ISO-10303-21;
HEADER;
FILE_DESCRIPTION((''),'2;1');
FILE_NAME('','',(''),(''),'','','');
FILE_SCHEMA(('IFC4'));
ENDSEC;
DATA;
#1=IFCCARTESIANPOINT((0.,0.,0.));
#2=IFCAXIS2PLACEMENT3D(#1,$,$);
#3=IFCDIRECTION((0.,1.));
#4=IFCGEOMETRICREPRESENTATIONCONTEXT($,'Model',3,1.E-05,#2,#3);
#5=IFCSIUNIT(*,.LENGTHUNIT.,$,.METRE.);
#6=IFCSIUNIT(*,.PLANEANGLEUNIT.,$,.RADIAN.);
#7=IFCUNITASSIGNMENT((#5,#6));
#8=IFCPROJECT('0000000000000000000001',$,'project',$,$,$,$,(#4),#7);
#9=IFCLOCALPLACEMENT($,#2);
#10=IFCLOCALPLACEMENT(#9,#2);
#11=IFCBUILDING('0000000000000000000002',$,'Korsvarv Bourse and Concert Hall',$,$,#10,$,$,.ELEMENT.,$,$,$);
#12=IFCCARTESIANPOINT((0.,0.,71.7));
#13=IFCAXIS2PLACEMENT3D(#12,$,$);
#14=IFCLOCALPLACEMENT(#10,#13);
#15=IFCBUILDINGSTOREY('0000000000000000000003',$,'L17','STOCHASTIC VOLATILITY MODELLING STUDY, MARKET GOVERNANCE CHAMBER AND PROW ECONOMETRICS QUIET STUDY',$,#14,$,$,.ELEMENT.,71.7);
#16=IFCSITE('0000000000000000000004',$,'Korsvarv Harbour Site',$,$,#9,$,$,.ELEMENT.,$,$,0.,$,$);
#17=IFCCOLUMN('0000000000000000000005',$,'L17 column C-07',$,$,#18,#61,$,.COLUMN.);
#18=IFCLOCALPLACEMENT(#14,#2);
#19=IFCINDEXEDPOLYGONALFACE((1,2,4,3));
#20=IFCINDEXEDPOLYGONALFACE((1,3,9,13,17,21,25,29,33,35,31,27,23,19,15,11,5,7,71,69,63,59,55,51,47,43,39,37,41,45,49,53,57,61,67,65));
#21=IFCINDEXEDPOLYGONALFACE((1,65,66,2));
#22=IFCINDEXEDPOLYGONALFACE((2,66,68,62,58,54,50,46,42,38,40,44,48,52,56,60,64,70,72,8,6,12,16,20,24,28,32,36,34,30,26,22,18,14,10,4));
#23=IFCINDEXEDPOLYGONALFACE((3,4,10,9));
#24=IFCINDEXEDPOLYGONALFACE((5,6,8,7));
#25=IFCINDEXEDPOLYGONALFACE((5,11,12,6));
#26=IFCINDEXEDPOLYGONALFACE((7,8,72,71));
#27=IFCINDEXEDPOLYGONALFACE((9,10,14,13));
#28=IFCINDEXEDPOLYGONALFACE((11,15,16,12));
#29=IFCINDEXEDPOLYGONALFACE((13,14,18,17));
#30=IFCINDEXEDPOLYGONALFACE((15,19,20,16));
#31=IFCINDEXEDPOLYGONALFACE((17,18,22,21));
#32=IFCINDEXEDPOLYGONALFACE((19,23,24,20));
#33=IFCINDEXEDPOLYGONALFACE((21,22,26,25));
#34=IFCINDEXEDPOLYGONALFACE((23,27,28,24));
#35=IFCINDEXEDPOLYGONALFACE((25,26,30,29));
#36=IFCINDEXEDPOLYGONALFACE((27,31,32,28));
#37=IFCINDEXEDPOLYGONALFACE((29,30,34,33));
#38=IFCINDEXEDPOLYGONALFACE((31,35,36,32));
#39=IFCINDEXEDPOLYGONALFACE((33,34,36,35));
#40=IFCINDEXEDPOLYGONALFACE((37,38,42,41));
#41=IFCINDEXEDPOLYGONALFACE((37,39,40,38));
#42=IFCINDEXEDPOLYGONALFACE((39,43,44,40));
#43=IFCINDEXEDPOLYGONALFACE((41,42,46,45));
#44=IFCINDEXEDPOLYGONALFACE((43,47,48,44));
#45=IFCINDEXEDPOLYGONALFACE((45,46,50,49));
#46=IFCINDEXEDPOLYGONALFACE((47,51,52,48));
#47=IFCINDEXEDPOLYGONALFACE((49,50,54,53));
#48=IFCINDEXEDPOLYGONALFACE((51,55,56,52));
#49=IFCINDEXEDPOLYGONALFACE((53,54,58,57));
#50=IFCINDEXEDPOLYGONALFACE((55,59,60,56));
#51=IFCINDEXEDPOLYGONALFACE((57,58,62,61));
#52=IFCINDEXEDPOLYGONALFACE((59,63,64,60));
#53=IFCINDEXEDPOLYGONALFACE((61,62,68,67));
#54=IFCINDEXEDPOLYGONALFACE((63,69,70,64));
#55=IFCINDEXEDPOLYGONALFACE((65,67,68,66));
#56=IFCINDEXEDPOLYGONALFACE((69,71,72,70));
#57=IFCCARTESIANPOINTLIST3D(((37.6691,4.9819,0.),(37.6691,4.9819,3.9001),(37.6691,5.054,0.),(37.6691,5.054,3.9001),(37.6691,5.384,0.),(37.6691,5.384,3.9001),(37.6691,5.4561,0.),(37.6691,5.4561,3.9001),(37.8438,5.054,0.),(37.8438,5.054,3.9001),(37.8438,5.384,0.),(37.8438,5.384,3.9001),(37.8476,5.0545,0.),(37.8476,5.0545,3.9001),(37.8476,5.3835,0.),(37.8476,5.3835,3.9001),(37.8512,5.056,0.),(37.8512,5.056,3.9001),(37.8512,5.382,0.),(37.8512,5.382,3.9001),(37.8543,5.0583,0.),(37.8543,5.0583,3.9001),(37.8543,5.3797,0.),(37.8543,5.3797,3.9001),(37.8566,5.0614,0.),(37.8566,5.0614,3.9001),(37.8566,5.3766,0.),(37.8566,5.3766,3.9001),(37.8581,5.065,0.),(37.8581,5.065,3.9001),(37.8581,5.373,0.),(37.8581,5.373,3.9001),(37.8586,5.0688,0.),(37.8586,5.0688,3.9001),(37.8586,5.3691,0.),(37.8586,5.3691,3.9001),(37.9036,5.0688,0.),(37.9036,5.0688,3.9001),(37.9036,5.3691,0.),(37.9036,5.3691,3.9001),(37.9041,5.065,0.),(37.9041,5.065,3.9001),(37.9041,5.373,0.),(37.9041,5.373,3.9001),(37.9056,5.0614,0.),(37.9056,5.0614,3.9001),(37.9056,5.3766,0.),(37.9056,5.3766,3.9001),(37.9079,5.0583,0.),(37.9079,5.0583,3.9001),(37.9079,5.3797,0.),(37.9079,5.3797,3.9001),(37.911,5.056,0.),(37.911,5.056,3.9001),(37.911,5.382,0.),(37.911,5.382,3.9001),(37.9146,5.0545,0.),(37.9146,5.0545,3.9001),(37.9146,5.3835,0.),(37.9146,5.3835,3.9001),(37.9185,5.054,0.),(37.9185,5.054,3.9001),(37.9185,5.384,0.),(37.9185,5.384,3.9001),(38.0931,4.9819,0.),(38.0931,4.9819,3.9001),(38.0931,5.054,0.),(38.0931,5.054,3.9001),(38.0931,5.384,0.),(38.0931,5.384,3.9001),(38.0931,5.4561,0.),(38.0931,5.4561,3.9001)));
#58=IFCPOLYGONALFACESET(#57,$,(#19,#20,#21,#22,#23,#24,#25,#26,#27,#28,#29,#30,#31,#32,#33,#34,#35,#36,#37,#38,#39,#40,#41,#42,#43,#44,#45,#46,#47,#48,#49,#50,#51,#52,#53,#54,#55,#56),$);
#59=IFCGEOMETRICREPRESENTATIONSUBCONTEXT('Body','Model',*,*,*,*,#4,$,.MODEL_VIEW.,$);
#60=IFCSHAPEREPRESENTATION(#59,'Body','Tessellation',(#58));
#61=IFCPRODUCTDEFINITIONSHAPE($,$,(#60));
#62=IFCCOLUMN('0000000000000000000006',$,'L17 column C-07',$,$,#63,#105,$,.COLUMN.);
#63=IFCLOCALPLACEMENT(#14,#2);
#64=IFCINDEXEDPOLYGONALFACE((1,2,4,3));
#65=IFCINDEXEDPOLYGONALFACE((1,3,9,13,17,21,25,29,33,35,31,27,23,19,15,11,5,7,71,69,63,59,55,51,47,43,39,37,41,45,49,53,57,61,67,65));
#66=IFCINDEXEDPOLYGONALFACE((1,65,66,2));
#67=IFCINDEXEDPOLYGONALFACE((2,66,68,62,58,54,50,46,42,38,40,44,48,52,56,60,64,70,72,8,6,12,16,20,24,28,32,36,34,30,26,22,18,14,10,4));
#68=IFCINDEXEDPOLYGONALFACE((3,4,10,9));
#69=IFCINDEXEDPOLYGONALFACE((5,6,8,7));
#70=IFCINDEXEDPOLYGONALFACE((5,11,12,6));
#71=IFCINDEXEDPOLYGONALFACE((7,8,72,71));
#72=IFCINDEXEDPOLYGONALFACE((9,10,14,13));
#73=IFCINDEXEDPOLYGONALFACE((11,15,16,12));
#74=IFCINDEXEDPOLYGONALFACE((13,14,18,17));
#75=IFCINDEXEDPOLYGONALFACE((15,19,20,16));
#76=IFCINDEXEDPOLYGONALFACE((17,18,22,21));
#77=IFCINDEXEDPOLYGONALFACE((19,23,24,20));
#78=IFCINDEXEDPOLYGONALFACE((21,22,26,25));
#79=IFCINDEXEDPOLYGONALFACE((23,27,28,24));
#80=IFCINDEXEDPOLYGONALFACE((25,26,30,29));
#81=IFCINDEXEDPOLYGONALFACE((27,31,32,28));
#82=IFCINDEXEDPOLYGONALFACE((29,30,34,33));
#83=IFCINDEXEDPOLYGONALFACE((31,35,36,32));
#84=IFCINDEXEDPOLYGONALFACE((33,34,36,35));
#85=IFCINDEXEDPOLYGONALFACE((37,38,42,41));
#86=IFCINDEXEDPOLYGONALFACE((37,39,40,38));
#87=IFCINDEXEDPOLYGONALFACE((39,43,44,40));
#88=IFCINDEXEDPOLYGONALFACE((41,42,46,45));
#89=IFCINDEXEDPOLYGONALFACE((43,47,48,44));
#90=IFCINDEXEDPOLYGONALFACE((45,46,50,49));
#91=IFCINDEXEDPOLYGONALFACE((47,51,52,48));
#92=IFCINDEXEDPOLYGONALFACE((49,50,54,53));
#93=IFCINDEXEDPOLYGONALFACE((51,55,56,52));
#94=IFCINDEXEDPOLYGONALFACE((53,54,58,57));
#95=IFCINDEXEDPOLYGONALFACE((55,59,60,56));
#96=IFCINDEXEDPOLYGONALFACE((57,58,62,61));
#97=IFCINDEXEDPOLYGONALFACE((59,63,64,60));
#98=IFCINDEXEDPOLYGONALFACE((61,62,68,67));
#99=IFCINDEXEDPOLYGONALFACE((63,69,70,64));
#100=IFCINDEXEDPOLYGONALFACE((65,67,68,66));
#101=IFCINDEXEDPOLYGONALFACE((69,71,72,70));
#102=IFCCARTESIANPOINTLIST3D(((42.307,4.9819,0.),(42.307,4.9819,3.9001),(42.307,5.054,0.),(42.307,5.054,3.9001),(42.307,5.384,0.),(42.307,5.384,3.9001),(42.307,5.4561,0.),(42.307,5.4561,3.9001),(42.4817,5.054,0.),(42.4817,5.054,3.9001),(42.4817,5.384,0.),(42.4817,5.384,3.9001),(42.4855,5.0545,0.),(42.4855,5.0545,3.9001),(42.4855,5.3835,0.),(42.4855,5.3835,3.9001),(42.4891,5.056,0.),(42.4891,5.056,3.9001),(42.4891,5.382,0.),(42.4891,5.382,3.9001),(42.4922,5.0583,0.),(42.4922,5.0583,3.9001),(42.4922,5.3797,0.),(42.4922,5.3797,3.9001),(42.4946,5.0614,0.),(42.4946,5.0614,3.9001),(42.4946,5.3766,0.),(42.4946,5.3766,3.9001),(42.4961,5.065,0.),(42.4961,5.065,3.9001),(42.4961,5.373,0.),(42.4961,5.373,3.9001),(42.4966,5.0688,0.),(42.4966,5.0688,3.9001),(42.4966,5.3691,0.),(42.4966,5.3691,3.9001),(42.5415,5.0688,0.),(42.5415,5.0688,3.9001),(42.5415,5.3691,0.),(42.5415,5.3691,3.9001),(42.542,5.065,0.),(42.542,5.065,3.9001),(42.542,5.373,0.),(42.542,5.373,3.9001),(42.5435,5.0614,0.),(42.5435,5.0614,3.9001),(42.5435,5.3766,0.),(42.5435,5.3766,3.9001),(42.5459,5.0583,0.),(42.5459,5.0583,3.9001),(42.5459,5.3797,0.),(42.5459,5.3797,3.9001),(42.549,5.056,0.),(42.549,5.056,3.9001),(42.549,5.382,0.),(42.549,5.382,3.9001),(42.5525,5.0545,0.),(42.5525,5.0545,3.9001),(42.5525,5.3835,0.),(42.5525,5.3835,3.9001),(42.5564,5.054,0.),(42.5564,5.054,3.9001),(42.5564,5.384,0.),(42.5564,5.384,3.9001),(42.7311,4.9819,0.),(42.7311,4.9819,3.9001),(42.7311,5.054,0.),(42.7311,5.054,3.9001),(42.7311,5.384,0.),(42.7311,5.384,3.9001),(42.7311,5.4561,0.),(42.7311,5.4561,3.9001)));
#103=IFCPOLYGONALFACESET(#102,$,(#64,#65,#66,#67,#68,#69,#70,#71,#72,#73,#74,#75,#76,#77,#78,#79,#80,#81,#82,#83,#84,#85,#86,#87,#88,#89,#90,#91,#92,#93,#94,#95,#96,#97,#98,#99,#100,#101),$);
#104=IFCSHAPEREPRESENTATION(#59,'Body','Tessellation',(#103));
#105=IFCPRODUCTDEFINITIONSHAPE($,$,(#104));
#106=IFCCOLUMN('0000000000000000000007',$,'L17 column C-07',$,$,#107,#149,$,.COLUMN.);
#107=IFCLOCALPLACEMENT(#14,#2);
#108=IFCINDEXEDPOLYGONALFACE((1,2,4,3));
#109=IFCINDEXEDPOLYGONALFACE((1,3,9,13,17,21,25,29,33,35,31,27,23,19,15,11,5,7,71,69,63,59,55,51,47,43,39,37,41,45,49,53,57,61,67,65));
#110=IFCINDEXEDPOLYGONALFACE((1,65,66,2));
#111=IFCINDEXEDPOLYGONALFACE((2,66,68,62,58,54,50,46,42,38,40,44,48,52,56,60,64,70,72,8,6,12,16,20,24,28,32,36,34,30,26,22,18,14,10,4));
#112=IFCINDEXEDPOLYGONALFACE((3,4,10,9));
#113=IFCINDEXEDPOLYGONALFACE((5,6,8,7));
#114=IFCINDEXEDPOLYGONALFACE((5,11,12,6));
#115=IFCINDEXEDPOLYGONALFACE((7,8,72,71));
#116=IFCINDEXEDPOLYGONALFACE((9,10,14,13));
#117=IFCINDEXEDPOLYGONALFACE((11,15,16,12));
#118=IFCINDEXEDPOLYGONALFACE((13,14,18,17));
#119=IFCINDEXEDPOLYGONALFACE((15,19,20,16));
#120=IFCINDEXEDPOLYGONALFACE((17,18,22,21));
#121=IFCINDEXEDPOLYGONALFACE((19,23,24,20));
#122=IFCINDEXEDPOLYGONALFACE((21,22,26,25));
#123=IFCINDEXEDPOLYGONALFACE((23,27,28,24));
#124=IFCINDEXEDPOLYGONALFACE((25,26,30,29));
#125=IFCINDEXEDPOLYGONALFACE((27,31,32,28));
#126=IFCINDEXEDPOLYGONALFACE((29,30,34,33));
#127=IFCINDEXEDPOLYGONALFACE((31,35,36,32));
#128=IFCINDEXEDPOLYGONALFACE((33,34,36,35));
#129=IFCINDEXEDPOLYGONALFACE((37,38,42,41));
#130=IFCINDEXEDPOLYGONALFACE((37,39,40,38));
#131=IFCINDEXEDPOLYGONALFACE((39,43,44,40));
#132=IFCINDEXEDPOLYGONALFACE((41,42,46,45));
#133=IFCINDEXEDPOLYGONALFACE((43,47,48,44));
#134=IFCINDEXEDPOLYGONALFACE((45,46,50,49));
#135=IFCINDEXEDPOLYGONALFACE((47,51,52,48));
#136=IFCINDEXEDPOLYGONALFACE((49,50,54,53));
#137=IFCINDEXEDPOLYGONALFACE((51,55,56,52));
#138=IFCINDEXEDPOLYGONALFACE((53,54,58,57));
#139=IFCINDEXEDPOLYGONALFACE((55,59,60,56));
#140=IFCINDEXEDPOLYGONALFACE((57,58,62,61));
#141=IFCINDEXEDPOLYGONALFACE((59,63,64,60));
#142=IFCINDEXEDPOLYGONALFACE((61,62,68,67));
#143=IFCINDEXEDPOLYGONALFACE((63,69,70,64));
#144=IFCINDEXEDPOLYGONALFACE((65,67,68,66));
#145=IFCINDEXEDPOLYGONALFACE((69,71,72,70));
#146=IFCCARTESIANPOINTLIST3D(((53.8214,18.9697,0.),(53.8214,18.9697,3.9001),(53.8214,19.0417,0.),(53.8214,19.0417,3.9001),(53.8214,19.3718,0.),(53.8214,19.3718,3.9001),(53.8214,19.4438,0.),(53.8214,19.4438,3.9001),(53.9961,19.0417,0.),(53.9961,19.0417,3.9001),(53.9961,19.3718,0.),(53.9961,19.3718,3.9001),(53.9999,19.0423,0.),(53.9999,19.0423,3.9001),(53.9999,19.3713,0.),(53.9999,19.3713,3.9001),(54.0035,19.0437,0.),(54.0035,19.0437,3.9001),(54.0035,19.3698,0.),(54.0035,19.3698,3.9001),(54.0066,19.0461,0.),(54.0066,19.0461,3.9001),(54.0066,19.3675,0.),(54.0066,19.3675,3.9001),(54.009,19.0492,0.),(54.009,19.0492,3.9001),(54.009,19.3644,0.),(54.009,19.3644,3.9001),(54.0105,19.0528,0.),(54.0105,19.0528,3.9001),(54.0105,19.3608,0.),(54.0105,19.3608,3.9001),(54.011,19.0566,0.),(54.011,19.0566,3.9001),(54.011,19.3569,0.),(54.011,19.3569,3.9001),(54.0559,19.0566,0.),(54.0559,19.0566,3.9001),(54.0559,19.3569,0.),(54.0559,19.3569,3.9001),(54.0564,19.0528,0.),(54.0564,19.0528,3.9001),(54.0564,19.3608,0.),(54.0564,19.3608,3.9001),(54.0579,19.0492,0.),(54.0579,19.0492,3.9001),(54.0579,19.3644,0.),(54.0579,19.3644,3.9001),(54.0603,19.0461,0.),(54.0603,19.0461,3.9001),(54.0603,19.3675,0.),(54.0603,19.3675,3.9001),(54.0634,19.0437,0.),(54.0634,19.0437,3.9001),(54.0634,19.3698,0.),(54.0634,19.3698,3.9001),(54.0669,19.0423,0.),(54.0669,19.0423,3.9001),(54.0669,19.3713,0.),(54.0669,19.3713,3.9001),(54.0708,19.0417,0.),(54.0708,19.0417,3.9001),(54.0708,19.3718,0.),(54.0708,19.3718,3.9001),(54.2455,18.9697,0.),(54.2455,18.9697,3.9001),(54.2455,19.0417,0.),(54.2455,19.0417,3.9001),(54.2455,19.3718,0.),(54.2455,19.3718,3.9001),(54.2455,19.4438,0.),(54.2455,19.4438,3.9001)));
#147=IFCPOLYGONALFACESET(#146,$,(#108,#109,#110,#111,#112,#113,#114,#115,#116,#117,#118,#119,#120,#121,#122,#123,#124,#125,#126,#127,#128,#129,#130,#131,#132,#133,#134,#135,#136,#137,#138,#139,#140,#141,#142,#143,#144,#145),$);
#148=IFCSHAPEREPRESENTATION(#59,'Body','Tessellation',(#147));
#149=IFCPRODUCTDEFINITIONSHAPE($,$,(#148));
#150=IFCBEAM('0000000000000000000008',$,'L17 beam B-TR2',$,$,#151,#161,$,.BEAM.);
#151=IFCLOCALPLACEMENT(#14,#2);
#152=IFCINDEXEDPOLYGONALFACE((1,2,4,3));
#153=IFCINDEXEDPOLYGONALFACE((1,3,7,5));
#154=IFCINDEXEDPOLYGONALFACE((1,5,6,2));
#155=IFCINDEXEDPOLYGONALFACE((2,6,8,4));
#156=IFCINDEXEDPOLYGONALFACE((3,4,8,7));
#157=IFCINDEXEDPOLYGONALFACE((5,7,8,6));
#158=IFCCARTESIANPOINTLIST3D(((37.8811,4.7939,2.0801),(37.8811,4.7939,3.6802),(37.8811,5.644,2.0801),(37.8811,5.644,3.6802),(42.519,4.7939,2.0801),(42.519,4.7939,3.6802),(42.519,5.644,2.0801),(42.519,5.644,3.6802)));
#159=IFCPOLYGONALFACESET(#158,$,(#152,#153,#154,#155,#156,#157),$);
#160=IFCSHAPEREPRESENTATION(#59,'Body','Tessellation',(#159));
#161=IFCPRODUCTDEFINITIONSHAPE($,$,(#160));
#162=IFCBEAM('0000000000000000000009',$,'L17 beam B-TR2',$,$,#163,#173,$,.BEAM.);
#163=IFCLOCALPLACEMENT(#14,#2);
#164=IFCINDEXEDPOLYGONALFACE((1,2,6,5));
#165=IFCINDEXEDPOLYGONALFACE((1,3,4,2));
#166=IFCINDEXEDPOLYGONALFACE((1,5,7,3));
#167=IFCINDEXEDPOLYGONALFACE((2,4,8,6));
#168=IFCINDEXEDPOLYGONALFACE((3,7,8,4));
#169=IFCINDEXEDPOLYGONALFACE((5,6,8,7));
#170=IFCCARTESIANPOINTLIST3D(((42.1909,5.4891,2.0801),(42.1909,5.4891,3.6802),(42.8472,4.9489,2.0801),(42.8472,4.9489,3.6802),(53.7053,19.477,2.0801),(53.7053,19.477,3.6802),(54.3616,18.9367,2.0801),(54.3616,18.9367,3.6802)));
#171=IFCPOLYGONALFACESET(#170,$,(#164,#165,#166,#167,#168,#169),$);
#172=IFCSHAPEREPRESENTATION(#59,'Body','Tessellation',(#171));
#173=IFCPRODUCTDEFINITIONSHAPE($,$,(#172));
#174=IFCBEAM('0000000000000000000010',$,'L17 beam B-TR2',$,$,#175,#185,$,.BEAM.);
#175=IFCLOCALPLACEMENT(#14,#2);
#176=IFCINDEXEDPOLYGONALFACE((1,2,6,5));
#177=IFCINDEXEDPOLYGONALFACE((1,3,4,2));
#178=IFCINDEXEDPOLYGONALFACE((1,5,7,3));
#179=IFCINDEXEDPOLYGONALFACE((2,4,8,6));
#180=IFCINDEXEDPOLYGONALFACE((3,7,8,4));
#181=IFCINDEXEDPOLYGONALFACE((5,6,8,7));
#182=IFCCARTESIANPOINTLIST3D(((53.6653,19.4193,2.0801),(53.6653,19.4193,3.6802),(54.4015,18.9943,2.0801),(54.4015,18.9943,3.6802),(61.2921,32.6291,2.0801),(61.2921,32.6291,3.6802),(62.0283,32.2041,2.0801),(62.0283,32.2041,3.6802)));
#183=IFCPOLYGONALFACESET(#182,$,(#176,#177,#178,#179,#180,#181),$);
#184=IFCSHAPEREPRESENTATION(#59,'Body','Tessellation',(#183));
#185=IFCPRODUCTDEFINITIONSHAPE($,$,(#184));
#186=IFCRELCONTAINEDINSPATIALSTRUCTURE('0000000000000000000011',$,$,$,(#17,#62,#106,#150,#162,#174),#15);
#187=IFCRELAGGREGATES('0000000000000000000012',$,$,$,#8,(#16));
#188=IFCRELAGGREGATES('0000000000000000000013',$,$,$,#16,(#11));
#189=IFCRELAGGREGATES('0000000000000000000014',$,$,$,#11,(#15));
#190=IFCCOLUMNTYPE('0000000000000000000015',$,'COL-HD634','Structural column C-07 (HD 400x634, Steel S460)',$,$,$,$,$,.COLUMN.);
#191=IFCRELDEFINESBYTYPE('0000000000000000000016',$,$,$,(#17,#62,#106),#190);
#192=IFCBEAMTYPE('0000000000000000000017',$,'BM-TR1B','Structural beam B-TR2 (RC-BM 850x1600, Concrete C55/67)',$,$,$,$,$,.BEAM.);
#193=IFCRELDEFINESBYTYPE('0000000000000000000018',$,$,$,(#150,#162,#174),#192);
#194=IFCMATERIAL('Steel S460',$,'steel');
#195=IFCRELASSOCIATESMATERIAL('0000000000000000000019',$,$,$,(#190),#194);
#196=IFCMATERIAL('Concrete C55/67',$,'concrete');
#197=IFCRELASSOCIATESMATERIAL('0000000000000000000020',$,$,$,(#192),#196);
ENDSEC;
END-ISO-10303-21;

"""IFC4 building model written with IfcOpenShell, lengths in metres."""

from ifc_helpers import new_model, si_unit, direction, frame, origin, origin_2d, place, context, subcontext, project, spatial, rectangle, i_section, extrude, source, transform, mapped, material, material_profile, profile_set, type_object, element, save


model = new_model("IFC4")

# Units and contexts
model_context = context("Model", 3, precision=1e-05, world=origin(), true_north=direction((0.0, 1.0)))
body_context = subcontext(model_context, "Body", "Model", "MODEL_VIEW")
ifc_project = project(units=[si_unit("LENGTHUNIT", "METRE"), si_unit("PLANEANGLEUNIT", "RADIAN")], contexts=[model_context])

# Site, building, storey
site_placement = place(None, origin())
site = spatial("IfcSite", under=ifc_project, at=site_placement, Name="Korsvarv Harbour Site", CompositionType="ELEMENT", RefElevation=0.0)
building_placement = place(site_placement, origin())
building = spatial("IfcBuilding", under=site, at=building_placement, Name="Korsvarv Bourse and Concert Hall", CompositionType="ELEMENT")
storey_placement = place(building_placement, frame((0.0, 0.0, 71.7)))
storey = spatial("IfcBuildingStorey", under=building, at=storey_placement, Name="L17", Description="STOCHASTIC VOLATILITY MODELLING STUDY, MARKET GOVERNANCE CHAMBER AND PROW ECONOMETRICS QUIET STUDY", CompositionType="ELEMENT", Elevation=71.7)

# Columns
ifc_material_1 = material(Name="Steel S460", Category="steel")
ifc_material_profile_1 = material_profile(ifc_material_1, i_section(OverallWidth=0.4241, OverallDepth=0.4741, WebThickness=0.0449, FlangeThickness=0.072, FilletRadius=0.0149, at=origin_2d()), Name="HD 400x634")
ifc_profile_set_1 = profile_set([ifc_material_profile_1], Name="Steel S460")
column_type = type_object("IfcColumnType", Name="COL-HD634", Description="Structural column C-07 (HD 400x634, Steel S460)", PredefinedType="COLUMN", material=ifc_profile_set_1)
shared_shape_1 = source(origin(), body_context, "Body", "SweptSolid", [
    extrude(i_section(OverallWidth=0.4241, OverallDepth=0.4741, WebThickness=0.0449, FlangeThickness=0.072, FilletRadius=0.0149, at=origin_2d()), origin(), (0.0, 0.0, 1.0), 3.9001),
])
for number, where, z_axis, x_axis, name in (
    (1, (37.8811, 5.219, 0.0), (0.0, 0.0, 1.0), (1.0, 0.0, 0.0), "L17 column C-07"),
    (2, (42.519, 5.219, 0.0), (0.0, 0.0, 1.0), (1.0, 0.0, 0.0), "L17 column C-07"),
    (3, (54.0334, 19.2068, 0.0), (0.0, 0.0, 1.0), (1.0, 0.0, 0.0), "L17 column C-07"),
):
    element("IfcColumn", number, at=place(storey_placement, frame(where, z_axis=z_axis, x_axis=x_axis)), inside=storey, type_object=column_type, Name=name, PredefinedType="COLUMN", context=body_context, shape_type="MappedRepresentation", body=[
        mapped(shared_shape_1, transform((0.0, 0.0, 0.0), scale=1.0)),
    ])

# Beams
ifc_material_2 = material(Name="Concrete C55/67", Category="concrete")
ifc_material_profile_2 = material_profile(ifc_material_2, rectangle(XDim=0.8501, YDim=1.6001, at=origin_2d()), Name="RC-BM 850x1600")
ifc_profile_set_2 = profile_set([ifc_material_profile_2], Name="Concrete C55/67")
beam_type_1 = type_object("IfcBeamType", Name="BM-TR1B", Description="Structural beam B-TR2 (RC-BM 850x1600, Concrete C55/67)", PredefinedType="BEAM", material=ifc_profile_set_2)
shared_shape_2 = source(origin(), body_context, "Body", "SweptSolid", [
    extrude(rectangle(XDim=0.8501, YDim=1.6001, at=origin_2d()), origin(), (0.0, 0.0, 1.0), 4.6379),
])
beam_1_placement = place(storey_placement, frame((37.8811, 5.219, 2.8801), z_axis=(1.0, 0.0, 0.0), x_axis=(0.0, 1.0, 0.0)))
element("IfcBeam", 4, at=beam_1_placement, inside=storey, type_object=beam_type_1, Name="L17 beam B-TR2", PredefinedType="BEAM", context=body_context, shape_type="MappedRepresentation", body=[
    mapped(shared_shape_2, transform((0.0, 0.0, 0.0), scale=1.0)),
])
shared_shape_3 = source(origin(), body_context, "Body", "SweptSolid", [
    extrude(rectangle(XDim=0.8501, YDim=1.6001, at=origin_2d()), origin(), (0.0, 0.0, 1.0), 18.1174),
])
beam_2_placement = place(storey_placement, frame((42.519, 5.219, 2.8801), z_axis=(0.635544, 0.772064, 0.0), x_axis=(-0.772064, 0.635544, 0.0)))
element("IfcBeam", 5, at=beam_2_placement, inside=storey, type_object=beam_type_1, Name="L17 beam B-TR2", PredefinedType="BEAM", context=body_context, shape_type="MappedRepresentation", body=[
    mapped(shared_shape_3, transform((0.0, 0.0, 0.0), scale=1.0)),
])
shared_shape_4 = source(origin(), body_context, "Body", "SweptSolid", [
    extrude(rectangle(XDim=0.8501, YDim=1.6001, at=origin_2d()), origin(), (0.0, 0.0, 1.0), 15.2534),
])
beam_3_placement = place(storey_placement, frame((54.0334, 19.2068, 2.8801), z_axis=(0.500004, 0.866023, 0.0), x_axis=(-0.866023, 0.500004, 0.0)))
element("IfcBeam", 6, at=beam_3_placement, inside=storey, type_object=beam_type_1, Name="L17 beam B-TR2", PredefinedType="BEAM", context=body_context, shape_type="MappedRepresentation", body=[
    mapped(shared_shape_4, transform((0.0, 0.0, 0.0), scale=1.0)),
])

save(model, "model.ifc")
